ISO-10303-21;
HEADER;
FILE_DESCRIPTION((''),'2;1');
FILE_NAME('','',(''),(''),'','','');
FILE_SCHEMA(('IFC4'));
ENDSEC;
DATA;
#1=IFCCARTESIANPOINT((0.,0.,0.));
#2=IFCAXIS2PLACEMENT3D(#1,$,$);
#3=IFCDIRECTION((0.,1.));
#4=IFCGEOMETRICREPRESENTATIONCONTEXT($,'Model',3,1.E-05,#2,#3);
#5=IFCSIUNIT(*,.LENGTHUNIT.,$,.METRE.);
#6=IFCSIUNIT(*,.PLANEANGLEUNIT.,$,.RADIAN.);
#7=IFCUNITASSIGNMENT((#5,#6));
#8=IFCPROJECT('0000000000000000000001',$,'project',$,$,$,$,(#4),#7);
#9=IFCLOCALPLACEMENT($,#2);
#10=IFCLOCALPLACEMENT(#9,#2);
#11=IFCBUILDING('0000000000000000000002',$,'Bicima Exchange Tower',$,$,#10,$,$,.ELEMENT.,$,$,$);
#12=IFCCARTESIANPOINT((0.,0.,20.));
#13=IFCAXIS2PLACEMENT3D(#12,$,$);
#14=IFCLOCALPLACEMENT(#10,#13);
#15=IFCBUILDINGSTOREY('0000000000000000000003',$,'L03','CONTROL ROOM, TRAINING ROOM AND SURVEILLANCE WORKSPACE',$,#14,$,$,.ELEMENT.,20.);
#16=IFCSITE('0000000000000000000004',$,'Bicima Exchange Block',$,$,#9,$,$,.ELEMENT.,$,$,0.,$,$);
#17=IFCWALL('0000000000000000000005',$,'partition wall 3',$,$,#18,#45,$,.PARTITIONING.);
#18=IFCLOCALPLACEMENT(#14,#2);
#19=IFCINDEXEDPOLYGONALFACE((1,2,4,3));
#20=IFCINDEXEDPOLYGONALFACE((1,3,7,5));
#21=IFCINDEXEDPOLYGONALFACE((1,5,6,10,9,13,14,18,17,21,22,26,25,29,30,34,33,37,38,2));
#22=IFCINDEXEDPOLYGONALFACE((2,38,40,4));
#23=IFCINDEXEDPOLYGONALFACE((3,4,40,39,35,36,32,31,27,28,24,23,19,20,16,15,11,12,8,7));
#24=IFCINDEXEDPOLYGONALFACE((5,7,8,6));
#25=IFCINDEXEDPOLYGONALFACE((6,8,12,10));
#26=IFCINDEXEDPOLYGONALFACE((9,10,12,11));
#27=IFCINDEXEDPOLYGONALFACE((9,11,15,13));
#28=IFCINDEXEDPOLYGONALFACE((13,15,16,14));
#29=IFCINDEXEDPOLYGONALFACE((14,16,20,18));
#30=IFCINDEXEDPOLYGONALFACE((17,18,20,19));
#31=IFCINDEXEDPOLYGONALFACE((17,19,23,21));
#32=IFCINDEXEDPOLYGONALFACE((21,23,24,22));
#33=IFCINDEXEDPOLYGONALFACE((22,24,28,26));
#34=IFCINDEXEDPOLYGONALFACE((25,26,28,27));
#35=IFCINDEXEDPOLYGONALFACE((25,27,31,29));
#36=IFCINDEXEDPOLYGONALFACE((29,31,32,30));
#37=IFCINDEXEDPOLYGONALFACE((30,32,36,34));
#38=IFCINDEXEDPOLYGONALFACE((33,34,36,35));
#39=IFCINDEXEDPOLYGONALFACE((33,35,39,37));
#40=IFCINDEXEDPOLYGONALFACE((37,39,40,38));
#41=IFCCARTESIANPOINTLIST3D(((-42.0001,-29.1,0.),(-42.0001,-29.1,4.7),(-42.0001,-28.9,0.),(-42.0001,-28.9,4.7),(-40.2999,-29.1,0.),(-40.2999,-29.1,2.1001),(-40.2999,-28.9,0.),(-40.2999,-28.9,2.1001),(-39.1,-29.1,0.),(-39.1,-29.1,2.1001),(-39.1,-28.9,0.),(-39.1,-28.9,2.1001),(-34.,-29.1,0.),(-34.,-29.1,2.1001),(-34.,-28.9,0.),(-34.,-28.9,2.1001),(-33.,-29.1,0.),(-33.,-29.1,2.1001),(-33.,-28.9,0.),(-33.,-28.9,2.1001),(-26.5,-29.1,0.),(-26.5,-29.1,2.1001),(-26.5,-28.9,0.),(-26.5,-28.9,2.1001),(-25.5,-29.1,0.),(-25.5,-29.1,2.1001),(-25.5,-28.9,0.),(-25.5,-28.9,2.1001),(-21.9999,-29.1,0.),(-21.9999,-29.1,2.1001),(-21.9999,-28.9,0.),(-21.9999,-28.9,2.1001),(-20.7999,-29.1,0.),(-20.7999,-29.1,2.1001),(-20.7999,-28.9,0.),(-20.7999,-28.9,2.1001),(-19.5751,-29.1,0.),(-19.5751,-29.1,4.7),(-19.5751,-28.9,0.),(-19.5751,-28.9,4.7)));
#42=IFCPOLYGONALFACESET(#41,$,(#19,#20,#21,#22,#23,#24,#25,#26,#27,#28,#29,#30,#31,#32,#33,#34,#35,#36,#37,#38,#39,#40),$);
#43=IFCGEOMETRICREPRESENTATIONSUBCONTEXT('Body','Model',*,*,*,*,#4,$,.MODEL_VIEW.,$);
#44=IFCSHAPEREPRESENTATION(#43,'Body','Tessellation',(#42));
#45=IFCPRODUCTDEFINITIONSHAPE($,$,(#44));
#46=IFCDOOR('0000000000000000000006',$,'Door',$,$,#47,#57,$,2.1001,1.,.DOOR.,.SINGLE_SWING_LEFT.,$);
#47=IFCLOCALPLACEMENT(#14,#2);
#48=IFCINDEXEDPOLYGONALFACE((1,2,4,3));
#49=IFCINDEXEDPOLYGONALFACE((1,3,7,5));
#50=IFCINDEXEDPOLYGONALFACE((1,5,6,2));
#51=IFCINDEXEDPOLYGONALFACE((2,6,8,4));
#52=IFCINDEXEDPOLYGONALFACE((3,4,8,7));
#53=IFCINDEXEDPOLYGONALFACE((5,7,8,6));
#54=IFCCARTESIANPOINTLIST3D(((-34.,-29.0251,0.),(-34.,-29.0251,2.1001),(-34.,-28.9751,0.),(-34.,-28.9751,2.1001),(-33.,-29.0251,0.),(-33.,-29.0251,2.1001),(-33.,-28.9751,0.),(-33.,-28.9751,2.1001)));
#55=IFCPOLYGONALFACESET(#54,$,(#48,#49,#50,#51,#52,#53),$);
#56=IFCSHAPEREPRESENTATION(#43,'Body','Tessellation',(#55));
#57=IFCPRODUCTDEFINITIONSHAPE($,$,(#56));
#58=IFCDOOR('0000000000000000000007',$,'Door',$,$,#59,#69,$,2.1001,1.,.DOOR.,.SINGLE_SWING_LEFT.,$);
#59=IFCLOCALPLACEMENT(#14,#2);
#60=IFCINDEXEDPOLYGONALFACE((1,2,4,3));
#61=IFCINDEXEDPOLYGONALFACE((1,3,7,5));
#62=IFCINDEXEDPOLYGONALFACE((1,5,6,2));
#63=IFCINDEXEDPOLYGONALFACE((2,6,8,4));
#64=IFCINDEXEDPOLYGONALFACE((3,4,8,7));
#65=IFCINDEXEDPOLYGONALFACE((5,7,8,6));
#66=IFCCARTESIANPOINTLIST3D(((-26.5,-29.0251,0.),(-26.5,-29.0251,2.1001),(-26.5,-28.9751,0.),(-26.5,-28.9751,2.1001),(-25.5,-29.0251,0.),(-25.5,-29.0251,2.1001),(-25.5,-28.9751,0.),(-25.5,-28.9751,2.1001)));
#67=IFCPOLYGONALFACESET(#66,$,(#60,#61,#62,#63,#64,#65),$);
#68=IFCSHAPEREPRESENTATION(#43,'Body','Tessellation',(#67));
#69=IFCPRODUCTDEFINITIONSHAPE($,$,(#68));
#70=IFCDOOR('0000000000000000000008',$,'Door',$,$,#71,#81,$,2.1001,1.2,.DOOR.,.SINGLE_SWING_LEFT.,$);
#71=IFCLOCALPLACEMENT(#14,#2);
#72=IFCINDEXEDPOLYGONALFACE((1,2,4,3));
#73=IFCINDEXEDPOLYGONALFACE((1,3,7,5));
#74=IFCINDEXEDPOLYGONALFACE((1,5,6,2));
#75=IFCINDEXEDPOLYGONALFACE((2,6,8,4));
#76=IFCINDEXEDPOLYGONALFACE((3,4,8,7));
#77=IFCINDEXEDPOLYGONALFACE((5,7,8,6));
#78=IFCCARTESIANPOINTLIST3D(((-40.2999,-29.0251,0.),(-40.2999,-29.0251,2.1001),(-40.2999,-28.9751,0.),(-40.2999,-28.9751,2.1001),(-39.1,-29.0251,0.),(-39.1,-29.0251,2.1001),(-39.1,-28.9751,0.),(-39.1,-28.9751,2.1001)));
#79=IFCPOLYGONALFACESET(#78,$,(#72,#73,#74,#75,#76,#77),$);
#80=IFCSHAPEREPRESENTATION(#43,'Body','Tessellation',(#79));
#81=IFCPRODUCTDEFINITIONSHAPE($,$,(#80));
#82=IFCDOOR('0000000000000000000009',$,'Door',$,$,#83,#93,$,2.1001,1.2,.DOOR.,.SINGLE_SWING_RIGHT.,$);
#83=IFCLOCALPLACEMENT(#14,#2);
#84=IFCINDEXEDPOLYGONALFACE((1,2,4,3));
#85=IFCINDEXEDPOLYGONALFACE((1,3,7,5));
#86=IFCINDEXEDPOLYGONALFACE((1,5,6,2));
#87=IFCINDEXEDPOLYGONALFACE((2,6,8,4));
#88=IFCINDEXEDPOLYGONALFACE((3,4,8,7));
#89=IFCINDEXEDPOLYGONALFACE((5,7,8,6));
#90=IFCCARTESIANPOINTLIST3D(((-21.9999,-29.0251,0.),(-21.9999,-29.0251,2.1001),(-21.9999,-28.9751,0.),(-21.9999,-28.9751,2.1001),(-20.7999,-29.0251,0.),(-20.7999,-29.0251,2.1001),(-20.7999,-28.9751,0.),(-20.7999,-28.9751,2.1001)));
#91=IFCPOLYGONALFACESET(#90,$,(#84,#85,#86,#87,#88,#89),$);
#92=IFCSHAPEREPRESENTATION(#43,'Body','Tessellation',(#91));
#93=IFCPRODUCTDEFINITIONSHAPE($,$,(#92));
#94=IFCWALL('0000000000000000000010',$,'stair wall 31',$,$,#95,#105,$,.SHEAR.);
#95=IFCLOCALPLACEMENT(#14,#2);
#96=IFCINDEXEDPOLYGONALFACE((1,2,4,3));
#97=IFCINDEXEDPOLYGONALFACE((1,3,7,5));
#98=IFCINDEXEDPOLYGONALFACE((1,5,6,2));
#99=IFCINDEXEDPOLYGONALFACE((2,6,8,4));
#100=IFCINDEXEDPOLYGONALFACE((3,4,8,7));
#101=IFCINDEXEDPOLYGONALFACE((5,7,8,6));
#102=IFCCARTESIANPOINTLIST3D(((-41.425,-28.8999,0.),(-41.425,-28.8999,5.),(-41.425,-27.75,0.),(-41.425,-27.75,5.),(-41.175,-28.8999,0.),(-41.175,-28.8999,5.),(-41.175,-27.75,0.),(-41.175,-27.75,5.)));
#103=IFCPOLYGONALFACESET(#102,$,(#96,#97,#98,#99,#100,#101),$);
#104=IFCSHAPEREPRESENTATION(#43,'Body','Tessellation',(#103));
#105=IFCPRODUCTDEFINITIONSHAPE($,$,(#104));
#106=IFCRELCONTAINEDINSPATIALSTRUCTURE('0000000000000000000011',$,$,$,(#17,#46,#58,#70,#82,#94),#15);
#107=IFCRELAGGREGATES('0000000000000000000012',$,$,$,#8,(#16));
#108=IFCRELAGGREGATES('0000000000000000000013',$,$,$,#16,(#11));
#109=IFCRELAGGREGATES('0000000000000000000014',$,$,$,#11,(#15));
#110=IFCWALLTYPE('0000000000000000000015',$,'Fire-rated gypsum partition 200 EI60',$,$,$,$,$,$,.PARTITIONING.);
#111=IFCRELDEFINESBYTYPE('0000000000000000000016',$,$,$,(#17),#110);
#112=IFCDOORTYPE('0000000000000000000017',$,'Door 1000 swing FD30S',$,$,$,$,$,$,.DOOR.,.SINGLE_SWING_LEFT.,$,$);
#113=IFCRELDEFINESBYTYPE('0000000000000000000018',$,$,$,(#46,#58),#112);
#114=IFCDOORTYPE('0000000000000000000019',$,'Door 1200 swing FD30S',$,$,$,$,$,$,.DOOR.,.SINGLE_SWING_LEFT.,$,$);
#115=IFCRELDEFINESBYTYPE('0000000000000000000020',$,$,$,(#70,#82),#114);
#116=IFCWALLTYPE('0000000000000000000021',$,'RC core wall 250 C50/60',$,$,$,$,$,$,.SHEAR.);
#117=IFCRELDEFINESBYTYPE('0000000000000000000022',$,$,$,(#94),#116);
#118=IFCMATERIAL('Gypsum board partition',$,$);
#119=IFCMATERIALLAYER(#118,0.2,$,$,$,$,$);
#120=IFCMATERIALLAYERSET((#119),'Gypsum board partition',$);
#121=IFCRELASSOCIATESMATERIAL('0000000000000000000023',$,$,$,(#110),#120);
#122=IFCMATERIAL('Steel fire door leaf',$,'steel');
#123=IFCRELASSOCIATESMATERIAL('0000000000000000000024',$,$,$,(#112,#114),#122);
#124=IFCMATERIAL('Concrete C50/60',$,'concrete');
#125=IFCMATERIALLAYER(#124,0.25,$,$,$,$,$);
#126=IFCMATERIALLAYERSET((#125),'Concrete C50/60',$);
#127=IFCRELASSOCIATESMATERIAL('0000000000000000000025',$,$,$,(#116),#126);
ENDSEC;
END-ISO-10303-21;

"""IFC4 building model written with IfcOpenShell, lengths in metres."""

from ifc_helpers import new_model, si_unit, direction, frame, frame_2d, origin, place, context, subcontext, project, spatial, rectangle, extrude, material, layer, layer_set, type_object, element, fill, save


model = new_model("IFC4")

# Units and contexts
model_context = context("Model", 3, precision=1e-05, world=origin(), true_north=direction((0.0, 1.0)))
body_context = subcontext(model_context, "Body", "Model", "MODEL_VIEW")
ifc_project = project(units=[si_unit("LENGTHUNIT", "METRE"), si_unit("PLANEANGLEUNIT", "RADIAN")], contexts=[model_context])

# Site, building, storey
site_placement = place(None, origin())
site = spatial("IfcSite", under=ifc_project, at=site_placement, Name="Bicima Exchange Block", CompositionType="ELEMENT", RefElevation=0.0)
building_placement = place(site_placement, origin())
building = spatial("IfcBuilding", under=site, at=building_placement, Name="Bicima Exchange Tower", CompositionType="ELEMENT")
storey_placement = place(building_placement, frame((0.0, 0.0, 20.0)))
storey = spatial("IfcBuildingStorey", under=building, at=storey_placement, Name="L03", Description="CONTROL ROOM, TRAINING ROOM AND SURVEILLANCE WORKSPACE", CompositionType="ELEMENT", Elevation=20.0)

# Wall, openings, doors
ifc_material_1 = material(Name="Gypsum board partition")
ifc_layer_1 = layer(ifc_material_1, 0.2)
ifc_layer_set_1 = layer_set([ifc_layer_1], Name="Gypsum board partition")
wall_type_1 = type_object("IfcWallType", Name="Fire-rated gypsum partition 200 EI60", PredefinedType="PARTITIONING", material=ifc_layer_set_1)
ifc_material_2 = material(Name="Steel fire door leaf", Category="steel")
door_type_1 = type_object("IfcDoorType", Name="Door 1000 swing FD30S", OperationType="SINGLE_SWING_LEFT", PredefinedType="DOOR", material=ifc_material_2)
wall_1_placement = place(storey_placement, frame((-42.0, -29.0, 0.0), z_axis=(0.0, 0.0, 1.0), x_axis=(1.0, 0.0, 0.0)))
wall_1 = element("IfcWall", 1, at=wall_1_placement, inside=storey, type_object=wall_type_1, Name="partition wall 3", PredefinedType="PARTITIONING", context=body_context, shape_type="SweptSolid", body=[
    extrude(rectangle(XDim=22.425, YDim=0.2, at=frame_2d((11.2124, 0.0))), origin(), (0.0, 0.0, 1.0), 4.7),
])
opening_1_placement = place(wall_1_placement, frame((1.7, 0.0, 0.0)))
opening_1 = element("IfcOpeningElement", 2, at=opening_1_placement, cuts=wall_1, PredefinedType="OPENING", context=body_context, shape_type="SweptSolid", body=[
    extrude(rectangle(XDim=1.2, YDim=2.1001, at=frame_2d((0.6001, 1.05))), frame((0.0, 0.1118, 0.0), z_axis=(0.0, -1.0, 0.0), x_axis=(1.0, 0.0, 0.0)), (0.0, 0.0, 1.0), 0.2239),
])
opening_2_placement = place(wall_1_placement, frame((20.0, 0.0, 0.0)))
opening_2 = element("IfcOpeningElement", 3, at=opening_2_placement, cuts=wall_1, PredefinedType="OPENING", context=body_context, shape_type="SweptSolid", body=[
    extrude(rectangle(XDim=1.2, YDim=2.1001, at=frame_2d((0.6001, 1.05))), frame((0.0, 0.1118, 0.0), z_axis=(0.0, -1.0, 0.0), x_axis=(1.0, 0.0, 0.0)), (0.0, 0.0, 1.0), 0.2239),
])
opening_3_placement = place(wall_1_placement, frame((8.0, 0.0, 0.0)))
opening_3 = element("IfcOpeningElement", 4, at=opening_3_placement, cuts=wall_1, PredefinedType="OPENING", context=body_context, shape_type="SweptSolid", body=[
    extrude(rectangle(XDim=1.0, YDim=2.1001, at=frame_2d((0.5, 1.05))), frame((0.0, 0.1118, 0.0), z_axis=(0.0, -1.0, 0.0), x_axis=(1.0, 0.0, 0.0)), (0.0, 0.0, 1.0), 0.2239),
])
opening_4_placement = place(wall_1_placement, frame((15.5, 0.0, 0.0)))
opening_4 = element("IfcOpeningElement", 5, at=opening_4_placement, cuts=wall_1, PredefinedType="OPENING", context=body_context, shape_type="SweptSolid", body=[
    extrude(rectangle(XDim=1.0, YDim=2.1001, at=frame_2d((0.5, 1.05))), frame((0.0, 0.1118, 0.0), z_axis=(0.0, -1.0, 0.0), x_axis=(1.0, 0.0, 0.0)), (0.0, 0.0, 1.0), 0.2239),
])
door_1_placement = place(opening_3_placement, origin())
door_1 = element("IfcDoor", 6, at=door_1_placement, inside=storey, type_object=door_type_1, Name="Door", OperationType="SINGLE_SWING_LEFT", OverallHeight=2.1001, OverallWidth=1.0, PredefinedType="DOOR", context=body_context, shape_type="SweptSolid", body=[
    extrude(rectangle(XDim=1.0, YDim=2.1001, at=frame_2d((0.5, 1.05))), frame((0.0, 0.0249, 0.0), z_axis=(0.0, -1.0, 0.0), x_axis=(1.0, 0.0, 0.0)), (0.0, 0.0, 1.0), 0.05),
])
fill(opening_3, door_1)
door_2_placement = place(opening_4_placement, origin())
door_2 = element("IfcDoor", 7, at=door_2_placement, inside=storey, type_object=door_type_1, Name="Door", OperationType="SINGLE_SWING_LEFT", OverallHeight=2.1001, OverallWidth=1.0, PredefinedType="DOOR", context=body_context, shape_type="SweptSolid", body=[
    extrude(rectangle(XDim=1.0, YDim=2.1001, at=frame_2d((0.5, 1.05))), frame((0.0, 0.0249, 0.0), z_axis=(0.0, -1.0, 0.0), x_axis=(1.0, 0.0, 0.0)), (0.0, 0.0, 1.0), 0.05),
])
fill(opening_4, door_2)
door_type_2 = type_object("IfcDoorType", Name="Door 1200 swing FD30S", OperationType="SINGLE_SWING_LEFT", PredefinedType="DOOR", material=ifc_material_2)
door_3_placement = place(opening_1_placement, origin())
door_3 = element("IfcDoor", 8, at=door_3_placement, inside=storey, type_object=door_type_2, Name="Door", OperationType="SINGLE_SWING_LEFT", OverallHeight=2.1001, OverallWidth=1.2, PredefinedType="DOOR", context=body_context, shape_type="SweptSolid", body=[
    extrude(rectangle(XDim=1.2, YDim=2.1001, at=frame_2d((0.6001, 1.05))), frame((0.0, 0.0249, 0.0), z_axis=(0.0, -1.0, 0.0), x_axis=(1.0, 0.0, 0.0)), (0.0, 0.0, 1.0), 0.05),
])
fill(opening_1, door_3)
door_4_placement = place(opening_2_placement, origin())
door_4 = element("IfcDoor", 9, at=door_4_placement, inside=storey, type_object=door_type_2, Name="Door", OperationType="SINGLE_SWING_RIGHT", OverallHeight=2.1001, OverallWidth=1.2, PredefinedType="DOOR", context=body_context, shape_type="SweptSolid", body=[
    extrude(rectangle(XDim=1.2, YDim=2.1001, at=frame_2d((0.6001, 1.05))), frame((0.0, 0.0249, 0.0), z_axis=(0.0, -1.0, 0.0), x_axis=(1.0, 0.0, 0.0)), (0.0, 0.0, 1.0), 0.05),
])
fill(opening_2, door_4)

# Wall
ifc_material_3 = material(Name="Concrete C50/60", Category="concrete")
ifc_layer_2 = layer(ifc_material_3, 0.25)
ifc_layer_set_2 = layer_set([ifc_layer_2], Name="Concrete C50/60")
wall_type_2 = type_object("IfcWallType", Name="RC core wall 250 C50/60", PredefinedType="SHEAR", material=ifc_layer_set_2)
wall_2_placement = place(storey_placement, frame((-41.3, -28.8999, 0.0), z_axis=(0.0, 0.0, 1.0), x_axis=(0.0, 1.0, 0.0)))
element("IfcWall", 10, at=wall_2_placement, inside=storey, type_object=wall_type_2, Name="stair wall 31", PredefinedType="SHEAR", context=body_context, shape_type="SweptSolid", body=[
    extrude(rectangle(XDim=1.1499, YDim=0.25, at=frame_2d((0.575, 0.0))), origin(), (0.0, 0.0, 1.0), 5.0),
])

save(model, "model.ifc")
